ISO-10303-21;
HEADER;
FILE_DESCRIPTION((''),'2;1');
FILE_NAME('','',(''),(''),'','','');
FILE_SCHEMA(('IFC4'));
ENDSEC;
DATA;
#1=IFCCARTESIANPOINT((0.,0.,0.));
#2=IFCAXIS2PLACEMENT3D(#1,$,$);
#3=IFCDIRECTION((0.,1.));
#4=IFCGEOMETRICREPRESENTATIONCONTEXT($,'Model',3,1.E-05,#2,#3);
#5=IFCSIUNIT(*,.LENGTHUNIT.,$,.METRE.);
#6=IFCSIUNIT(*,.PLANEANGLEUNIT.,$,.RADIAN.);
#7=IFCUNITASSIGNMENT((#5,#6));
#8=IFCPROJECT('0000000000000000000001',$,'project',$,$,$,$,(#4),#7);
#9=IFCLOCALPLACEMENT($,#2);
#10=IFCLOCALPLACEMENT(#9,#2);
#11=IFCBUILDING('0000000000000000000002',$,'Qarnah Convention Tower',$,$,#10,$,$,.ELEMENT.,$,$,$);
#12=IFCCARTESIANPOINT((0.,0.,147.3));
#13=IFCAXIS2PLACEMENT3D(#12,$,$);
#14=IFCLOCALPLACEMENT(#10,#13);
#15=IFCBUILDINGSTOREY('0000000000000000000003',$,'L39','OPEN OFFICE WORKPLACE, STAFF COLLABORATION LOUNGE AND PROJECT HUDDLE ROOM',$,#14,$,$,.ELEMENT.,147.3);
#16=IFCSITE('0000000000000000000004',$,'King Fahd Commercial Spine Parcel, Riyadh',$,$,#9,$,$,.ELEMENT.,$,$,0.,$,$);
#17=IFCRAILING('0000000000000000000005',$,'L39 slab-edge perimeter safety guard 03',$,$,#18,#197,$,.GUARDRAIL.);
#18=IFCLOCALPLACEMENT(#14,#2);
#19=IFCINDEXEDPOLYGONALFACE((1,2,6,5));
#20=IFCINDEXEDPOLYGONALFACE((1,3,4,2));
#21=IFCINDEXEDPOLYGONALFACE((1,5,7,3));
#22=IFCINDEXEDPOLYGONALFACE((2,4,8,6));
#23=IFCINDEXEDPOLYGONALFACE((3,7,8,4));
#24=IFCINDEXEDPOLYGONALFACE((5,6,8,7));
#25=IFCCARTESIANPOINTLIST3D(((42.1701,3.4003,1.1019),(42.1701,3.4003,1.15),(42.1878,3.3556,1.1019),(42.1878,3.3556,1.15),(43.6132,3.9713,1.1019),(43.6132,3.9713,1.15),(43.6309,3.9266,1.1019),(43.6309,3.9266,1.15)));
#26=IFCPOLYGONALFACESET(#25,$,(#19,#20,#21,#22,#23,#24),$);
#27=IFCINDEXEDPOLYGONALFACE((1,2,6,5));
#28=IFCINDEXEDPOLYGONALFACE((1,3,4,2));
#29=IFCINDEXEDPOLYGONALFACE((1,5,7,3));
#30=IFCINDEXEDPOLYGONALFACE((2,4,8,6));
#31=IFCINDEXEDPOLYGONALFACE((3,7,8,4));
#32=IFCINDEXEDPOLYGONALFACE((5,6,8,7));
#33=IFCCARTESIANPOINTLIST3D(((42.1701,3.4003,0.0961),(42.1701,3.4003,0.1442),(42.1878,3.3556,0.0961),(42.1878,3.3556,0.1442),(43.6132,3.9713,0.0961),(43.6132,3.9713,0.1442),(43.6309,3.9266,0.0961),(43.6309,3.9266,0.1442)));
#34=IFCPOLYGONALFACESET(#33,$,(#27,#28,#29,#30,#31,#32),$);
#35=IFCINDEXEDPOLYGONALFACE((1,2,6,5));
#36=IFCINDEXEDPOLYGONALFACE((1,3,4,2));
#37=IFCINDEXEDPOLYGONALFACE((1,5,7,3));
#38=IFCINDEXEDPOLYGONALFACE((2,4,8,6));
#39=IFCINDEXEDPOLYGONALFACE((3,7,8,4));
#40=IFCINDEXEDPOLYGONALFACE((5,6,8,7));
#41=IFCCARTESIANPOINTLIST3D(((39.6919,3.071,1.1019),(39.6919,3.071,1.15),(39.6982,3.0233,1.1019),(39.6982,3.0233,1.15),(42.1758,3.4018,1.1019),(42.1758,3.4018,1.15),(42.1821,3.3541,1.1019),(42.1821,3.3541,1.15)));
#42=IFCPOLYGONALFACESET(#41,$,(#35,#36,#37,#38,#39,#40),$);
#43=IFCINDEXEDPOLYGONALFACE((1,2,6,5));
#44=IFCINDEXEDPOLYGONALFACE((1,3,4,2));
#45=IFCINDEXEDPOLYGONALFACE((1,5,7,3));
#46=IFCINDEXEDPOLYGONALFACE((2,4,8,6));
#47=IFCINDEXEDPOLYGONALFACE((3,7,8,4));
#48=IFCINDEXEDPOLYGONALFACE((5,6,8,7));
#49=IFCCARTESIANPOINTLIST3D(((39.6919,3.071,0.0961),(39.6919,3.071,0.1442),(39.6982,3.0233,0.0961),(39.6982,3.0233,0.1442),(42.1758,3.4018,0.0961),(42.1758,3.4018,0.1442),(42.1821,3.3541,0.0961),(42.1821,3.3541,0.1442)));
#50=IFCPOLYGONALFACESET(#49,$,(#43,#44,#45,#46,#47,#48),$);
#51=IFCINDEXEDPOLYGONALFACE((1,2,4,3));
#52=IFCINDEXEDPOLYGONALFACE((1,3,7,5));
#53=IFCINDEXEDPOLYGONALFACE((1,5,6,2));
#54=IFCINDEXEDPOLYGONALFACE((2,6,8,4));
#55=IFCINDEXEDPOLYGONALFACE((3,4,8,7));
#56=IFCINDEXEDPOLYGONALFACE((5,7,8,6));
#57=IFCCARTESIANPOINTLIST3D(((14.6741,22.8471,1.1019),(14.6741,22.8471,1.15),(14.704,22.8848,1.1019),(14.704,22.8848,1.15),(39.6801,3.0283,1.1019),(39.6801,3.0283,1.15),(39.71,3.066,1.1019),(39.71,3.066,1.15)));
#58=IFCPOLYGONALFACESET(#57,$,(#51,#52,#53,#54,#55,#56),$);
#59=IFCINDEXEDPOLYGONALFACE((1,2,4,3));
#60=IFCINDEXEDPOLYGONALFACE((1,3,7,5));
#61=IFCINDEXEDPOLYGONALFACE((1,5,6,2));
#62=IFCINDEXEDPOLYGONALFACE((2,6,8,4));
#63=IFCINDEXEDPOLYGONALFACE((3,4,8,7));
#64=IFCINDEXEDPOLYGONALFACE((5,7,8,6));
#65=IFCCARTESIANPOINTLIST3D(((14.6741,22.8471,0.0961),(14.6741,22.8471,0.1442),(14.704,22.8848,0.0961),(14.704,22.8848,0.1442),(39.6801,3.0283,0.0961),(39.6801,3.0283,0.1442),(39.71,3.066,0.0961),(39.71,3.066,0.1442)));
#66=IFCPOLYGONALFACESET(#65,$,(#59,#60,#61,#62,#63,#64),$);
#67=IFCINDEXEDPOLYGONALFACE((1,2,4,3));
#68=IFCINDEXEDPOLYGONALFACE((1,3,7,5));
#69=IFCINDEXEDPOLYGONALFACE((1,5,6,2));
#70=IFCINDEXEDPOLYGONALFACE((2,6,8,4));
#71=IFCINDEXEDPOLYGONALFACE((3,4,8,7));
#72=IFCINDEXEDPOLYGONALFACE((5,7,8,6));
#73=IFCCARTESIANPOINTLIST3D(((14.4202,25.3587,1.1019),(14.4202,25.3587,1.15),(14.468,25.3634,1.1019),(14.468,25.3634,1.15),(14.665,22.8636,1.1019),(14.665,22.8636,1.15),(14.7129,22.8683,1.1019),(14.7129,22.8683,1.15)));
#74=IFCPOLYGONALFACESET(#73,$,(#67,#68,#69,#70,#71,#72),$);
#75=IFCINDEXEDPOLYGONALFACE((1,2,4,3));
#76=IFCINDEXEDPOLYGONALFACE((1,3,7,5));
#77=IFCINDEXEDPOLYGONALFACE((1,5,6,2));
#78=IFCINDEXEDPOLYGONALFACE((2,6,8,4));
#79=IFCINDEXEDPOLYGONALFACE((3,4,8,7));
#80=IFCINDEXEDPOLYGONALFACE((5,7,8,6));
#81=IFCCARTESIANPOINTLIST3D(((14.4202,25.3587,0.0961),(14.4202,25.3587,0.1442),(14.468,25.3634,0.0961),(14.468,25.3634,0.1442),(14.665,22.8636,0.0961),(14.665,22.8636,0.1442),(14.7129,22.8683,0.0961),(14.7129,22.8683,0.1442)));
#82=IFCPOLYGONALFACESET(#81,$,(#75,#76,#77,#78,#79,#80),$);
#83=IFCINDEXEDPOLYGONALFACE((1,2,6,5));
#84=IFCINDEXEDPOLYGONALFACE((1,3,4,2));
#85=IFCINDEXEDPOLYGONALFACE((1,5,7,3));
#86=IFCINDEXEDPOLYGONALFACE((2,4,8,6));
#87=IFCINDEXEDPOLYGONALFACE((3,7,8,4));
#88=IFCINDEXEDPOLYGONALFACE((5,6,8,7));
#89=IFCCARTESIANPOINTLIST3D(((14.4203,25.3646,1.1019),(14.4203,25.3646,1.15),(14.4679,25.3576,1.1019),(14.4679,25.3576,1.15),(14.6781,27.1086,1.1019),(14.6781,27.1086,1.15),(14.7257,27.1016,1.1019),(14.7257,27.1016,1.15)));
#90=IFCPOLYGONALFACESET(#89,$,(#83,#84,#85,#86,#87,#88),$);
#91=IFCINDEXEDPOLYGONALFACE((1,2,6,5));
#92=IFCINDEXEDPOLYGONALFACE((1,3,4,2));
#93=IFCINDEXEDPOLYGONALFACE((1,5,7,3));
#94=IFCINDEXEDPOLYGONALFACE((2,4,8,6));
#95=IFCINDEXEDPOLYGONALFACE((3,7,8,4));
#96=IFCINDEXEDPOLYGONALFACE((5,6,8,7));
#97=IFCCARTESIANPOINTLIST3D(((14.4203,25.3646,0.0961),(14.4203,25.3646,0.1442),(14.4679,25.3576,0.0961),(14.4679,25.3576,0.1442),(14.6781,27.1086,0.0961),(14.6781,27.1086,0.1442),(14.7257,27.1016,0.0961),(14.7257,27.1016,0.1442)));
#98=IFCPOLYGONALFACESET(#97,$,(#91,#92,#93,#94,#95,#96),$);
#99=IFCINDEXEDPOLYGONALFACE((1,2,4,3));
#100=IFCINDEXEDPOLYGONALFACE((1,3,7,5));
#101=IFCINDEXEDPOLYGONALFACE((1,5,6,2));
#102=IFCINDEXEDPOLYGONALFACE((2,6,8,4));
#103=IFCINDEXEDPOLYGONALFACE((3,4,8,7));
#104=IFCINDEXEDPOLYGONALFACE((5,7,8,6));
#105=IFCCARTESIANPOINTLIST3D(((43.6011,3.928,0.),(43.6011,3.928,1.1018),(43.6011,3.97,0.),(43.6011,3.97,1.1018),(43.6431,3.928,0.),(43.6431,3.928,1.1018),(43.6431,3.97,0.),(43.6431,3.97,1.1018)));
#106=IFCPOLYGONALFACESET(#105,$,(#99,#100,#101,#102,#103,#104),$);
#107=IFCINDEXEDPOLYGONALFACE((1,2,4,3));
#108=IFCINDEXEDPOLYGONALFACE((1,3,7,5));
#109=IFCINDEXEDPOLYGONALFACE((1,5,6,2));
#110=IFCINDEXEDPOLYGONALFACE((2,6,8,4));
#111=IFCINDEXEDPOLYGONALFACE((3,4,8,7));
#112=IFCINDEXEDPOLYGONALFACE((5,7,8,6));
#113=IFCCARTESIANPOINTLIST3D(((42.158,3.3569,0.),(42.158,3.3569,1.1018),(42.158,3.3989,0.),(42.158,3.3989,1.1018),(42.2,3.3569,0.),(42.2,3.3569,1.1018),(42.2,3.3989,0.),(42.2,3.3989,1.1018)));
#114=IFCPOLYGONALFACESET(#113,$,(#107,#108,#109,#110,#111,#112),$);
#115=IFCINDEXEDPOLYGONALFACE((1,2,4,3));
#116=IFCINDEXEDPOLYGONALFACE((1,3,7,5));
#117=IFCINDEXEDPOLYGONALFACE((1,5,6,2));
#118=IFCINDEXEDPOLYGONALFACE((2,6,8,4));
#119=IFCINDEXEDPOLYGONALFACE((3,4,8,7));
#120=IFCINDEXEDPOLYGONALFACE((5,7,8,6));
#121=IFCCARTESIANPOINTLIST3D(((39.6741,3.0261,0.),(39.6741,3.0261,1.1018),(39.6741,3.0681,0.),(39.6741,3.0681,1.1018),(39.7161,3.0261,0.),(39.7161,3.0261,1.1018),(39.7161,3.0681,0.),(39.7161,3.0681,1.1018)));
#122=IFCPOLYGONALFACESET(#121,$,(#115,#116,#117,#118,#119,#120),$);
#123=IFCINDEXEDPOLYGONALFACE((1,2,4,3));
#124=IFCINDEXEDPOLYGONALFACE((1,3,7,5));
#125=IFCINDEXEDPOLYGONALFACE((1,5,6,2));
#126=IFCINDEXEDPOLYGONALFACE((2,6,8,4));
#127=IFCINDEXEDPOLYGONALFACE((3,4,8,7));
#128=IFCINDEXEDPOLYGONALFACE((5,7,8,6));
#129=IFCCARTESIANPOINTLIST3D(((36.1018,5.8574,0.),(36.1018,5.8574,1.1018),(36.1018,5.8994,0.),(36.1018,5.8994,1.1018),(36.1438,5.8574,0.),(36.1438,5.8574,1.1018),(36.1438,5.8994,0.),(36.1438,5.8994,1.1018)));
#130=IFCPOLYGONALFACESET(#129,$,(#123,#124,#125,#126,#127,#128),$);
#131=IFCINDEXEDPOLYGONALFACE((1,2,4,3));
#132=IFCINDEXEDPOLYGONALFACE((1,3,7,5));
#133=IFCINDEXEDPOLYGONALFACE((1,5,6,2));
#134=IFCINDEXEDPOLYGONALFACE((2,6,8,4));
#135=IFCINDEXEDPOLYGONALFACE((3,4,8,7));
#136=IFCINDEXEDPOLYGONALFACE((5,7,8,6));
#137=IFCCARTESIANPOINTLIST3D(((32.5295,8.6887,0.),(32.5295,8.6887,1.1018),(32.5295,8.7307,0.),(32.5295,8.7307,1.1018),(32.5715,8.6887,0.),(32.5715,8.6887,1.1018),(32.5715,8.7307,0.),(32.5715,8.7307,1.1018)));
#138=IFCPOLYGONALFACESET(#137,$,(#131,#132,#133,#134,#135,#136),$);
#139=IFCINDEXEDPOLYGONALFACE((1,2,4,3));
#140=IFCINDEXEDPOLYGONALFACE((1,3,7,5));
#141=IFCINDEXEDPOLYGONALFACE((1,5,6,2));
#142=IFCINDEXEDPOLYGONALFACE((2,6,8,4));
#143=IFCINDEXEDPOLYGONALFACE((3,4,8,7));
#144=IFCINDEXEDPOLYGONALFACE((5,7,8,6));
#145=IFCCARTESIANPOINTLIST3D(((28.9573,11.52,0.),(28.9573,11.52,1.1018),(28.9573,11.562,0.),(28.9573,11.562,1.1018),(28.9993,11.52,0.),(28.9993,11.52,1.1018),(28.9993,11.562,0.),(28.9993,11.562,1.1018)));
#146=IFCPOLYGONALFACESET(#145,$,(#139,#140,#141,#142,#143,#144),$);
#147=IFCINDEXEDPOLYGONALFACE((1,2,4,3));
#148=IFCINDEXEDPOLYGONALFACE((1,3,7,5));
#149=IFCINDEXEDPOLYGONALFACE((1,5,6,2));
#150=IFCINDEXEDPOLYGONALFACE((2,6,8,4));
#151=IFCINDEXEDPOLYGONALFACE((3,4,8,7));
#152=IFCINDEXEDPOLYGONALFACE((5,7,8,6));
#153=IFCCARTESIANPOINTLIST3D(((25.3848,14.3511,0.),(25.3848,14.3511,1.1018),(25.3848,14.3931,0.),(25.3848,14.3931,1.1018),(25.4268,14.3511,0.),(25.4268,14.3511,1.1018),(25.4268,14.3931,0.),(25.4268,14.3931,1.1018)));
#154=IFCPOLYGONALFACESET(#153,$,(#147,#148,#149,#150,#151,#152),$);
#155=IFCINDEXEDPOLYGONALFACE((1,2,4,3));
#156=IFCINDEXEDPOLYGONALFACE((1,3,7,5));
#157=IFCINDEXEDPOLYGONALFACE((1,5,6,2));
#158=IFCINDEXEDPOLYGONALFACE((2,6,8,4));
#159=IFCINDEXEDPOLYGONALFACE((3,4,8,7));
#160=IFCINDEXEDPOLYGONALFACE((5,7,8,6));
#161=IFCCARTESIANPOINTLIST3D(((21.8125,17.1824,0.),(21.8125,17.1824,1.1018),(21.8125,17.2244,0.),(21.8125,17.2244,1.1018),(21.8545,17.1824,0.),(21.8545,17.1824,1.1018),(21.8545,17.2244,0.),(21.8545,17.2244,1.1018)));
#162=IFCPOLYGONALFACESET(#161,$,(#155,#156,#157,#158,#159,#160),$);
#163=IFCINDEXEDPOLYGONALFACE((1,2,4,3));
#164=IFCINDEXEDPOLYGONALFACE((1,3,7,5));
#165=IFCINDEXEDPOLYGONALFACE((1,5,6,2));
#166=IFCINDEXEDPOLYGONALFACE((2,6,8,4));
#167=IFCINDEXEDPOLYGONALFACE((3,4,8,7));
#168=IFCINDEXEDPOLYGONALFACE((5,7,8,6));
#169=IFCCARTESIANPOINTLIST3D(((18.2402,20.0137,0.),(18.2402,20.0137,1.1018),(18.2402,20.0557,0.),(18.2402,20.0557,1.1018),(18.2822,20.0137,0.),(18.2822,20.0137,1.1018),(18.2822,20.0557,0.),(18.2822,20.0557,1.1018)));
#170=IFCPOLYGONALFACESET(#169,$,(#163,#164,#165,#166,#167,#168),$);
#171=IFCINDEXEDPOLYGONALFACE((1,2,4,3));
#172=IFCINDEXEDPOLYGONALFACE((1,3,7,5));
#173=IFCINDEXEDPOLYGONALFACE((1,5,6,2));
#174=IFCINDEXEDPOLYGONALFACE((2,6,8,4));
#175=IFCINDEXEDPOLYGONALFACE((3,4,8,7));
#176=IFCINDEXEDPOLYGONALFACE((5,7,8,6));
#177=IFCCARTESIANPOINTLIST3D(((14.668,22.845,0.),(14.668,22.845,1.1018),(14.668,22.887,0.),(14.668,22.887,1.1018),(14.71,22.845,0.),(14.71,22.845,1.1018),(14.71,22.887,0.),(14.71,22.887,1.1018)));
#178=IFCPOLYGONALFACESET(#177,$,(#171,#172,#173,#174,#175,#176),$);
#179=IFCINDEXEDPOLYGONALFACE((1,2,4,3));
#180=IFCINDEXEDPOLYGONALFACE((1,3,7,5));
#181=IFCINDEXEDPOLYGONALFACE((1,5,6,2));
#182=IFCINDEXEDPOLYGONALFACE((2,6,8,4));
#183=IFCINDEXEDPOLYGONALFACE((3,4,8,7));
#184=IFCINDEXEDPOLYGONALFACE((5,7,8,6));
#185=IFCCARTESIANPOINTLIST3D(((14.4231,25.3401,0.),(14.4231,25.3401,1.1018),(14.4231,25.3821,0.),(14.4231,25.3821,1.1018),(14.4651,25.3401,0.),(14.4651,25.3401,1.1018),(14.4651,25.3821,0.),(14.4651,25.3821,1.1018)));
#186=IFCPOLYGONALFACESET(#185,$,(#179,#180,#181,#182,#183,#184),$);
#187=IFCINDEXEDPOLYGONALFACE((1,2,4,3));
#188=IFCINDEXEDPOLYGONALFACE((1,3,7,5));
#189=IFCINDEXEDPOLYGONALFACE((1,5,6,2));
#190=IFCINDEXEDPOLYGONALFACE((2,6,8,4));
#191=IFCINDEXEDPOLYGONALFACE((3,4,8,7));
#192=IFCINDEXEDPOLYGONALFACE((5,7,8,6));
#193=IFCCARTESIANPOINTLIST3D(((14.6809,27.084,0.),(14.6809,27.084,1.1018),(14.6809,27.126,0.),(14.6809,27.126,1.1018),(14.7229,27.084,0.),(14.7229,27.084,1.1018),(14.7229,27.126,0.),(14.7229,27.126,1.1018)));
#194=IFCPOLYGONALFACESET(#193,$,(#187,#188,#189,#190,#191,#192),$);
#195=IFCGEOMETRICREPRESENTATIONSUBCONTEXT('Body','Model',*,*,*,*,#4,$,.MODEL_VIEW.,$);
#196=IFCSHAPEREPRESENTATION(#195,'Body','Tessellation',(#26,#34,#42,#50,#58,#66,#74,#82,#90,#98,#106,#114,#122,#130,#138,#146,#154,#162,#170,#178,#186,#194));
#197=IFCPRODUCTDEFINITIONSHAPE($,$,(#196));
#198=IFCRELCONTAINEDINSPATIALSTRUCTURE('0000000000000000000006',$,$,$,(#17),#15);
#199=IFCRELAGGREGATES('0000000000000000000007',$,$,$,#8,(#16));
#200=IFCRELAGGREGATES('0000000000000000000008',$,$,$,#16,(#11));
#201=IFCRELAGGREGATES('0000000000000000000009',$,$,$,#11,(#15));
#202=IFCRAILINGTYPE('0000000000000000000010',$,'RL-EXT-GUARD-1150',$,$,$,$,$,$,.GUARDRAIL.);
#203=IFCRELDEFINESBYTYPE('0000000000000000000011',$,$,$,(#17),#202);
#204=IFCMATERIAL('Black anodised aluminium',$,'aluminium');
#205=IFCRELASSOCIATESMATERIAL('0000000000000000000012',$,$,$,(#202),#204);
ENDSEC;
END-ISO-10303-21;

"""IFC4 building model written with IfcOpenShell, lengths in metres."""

from ifc_helpers import new_model, si_unit, direction, frame, origin, origin_2d, place, context, subcontext, project, spatial, rectangle, extrude, material, type_object, element, save


model = new_model("IFC4")

# Units and contexts
model_context = context("Model", 3, precision=1e-05, world=origin(), true_north=direction((0.0, 1.0)))
body_context = subcontext(model_context, "Body", "Model", "MODEL_VIEW")
ifc_project = project(units=[si_unit("LENGTHUNIT", "METRE"), si_unit("PLANEANGLEUNIT", "RADIAN")], contexts=[model_context])

# Site, building, storey
site_placement = place(None, origin())
site = spatial("IfcSite", under=ifc_project, at=site_placement, Name="King Fahd Commercial Spine Parcel, Riyadh", CompositionType="ELEMENT", RefElevation=0.0)
building_placement = place(site_placement, origin())
building = spatial("IfcBuilding", under=site, at=building_placement, Name="Qarnah Convention Tower", CompositionType="ELEMENT")
storey_placement = place(building_placement, frame((0.0, 0.0, 147.3)))
storey = spatial("IfcBuildingStorey", under=building, at=storey_placement, Name="L39", Description="OPEN OFFICE WORKPLACE, STAFF COLLABORATION LOUNGE AND PROJECT HUDDLE ROOM", CompositionType="ELEMENT", Elevation=147.3)

# Shared definitions
ifc_material_1 = material(Name="Black anodised aluminium", Category="aluminium")

# Railing
railing_type = type_object("IfcRailingType", Name="RL-EXT-GUARD-1150", PredefinedType="GUARDRAIL", material=ifc_material_1)
railing_1_placement = place(storey_placement, frame((43.6221, 3.949, 0.0)))
element("IfcRailing", 1, at=railing_1_placement, inside=storey, type_object=railing_type, Name="L39 slab-edge perimeter safety guard 03", PredefinedType="GUARDRAIL", context=body_context, shape_type="SweptSolid", body=[
    extrude(rectangle(XDim=0.0481, YDim=0.0481, at=origin_2d()), frame((0.0, 0.0, 1.126), z_axis=(-0.929848, -0.367944, 0.0), x_axis=(0.367944, -0.929848, 0.0)), (0.0, 0.0, 1.0), 1.552),
    extrude(rectangle(XDim=0.0481, YDim=0.0481, at=origin_2d()), frame((0.0, 0.0, 0.1201), z_axis=(-0.929848, -0.367944, 0.0), x_axis=(0.367944, -0.929848, 0.0)), (0.0, 0.0, 1.0), 1.552),
    extrude(rectangle(XDim=0.0481, YDim=0.0481, at=origin_2d()), frame((-1.4431, -0.571, 1.126), z_axis=(-0.991247, -0.132017, 0.0), x_axis=(0.132017, -0.991247, 0.0)), (0.0, 0.0, 1.0), 2.5059),
    extrude(rectangle(XDim=0.0481, YDim=0.0481, at=origin_2d()), frame((-1.4431, -0.571, 0.1201), z_axis=(-0.991247, -0.132017, 0.0), x_axis=(0.132017, -0.991247, 0.0)), (0.0, 0.0, 1.0), 2.5059),
    extrude(rectangle(XDim=0.0481, YDim=0.0481, at=origin_2d()), frame((-3.927, -0.9019, 1.126), z_axis=(-0.783705, 0.621133, 0.0), x_axis=(-0.621133, -0.783705, 0.0)), (0.0, 0.0, 1.0), 31.9075),
    extrude(rectangle(XDim=0.0481, YDim=0.0481, at=origin_2d()), frame((-3.927, -0.9019, 0.1201), z_axis=(-0.783705, 0.621133, 0.0), x_axis=(-0.621133, -0.783705, 0.0)), (0.0, 0.0, 1.0), 31.9075),
    extrude(rectangle(XDim=0.0481, YDim=0.0481, at=origin_2d()), frame((-28.9331, 18.917, 1.126), z_axis=(-0.097672, 0.995219, 0.0), x_axis=(-0.995219, -0.097672, 0.0)), (0.0, 0.0, 1.0), 2.5071),
    extrude(rectangle(XDim=0.0481, YDim=0.0481, at=origin_2d()), frame((-28.9331, 18.917, 0.1201), z_axis=(-0.097672, 0.995219, 0.0), x_axis=(-0.995219, -0.097672, 0.0)), (0.0, 0.0, 1.0), 2.5071),
    extrude(rectangle(XDim=0.0481, YDim=0.0481, at=origin_2d()), frame((-29.178, 21.4121, 1.126), z_axis=(0.146248, 0.989248, 0.0), x_axis=(-0.989248, 0.146248, 0.0)), (0.0, 0.0, 1.0), 1.7629),
    extrude(rectangle(XDim=0.0481, YDim=0.0481, at=origin_2d()), frame((-29.178, 21.4121, 0.1201), z_axis=(0.146248, 0.989248, 0.0), x_axis=(-0.989248, 0.146248, 0.0)), (0.0, 0.0, 1.0), 1.7629),
    extrude(rectangle(XDim=0.042, YDim=0.042, at=origin_2d()), origin(), (0.0, 0.0, 1.0), 1.1018),
    extrude(rectangle(XDim=0.042, YDim=0.042, at=origin_2d()), frame((-1.4431, -0.571, 0.0)), (0.0, 0.0, 1.0), 1.1018),
    extrude(rectangle(XDim=0.042, YDim=0.042, at=origin_2d()), frame((-3.927, -0.9019, 0.0)), (0.0, 0.0, 1.0), 1.1018),
    extrude(rectangle(XDim=0.042, YDim=0.042, at=origin_2d()), frame((-7.4993, 1.9294, 0.0)), (0.0, 0.0, 1.0), 1.1018),
    extrude(rectangle(XDim=0.042, YDim=0.042, at=origin_2d()), frame((-11.0715, 4.7607, 0.0)), (0.0, 0.0, 1.0), 1.1018),
    extrude(rectangle(XDim=0.042, YDim=0.042, at=origin_2d()), frame((-14.6438, 7.592, 0.0)), (0.0, 0.0, 1.0), 1.1018),
    extrude(rectangle(XDim=0.042, YDim=0.042, at=origin_2d()), frame((-18.2163, 10.4231, 0.0)), (0.0, 0.0, 1.0), 1.1018),
    extrude(rectangle(XDim=0.042, YDim=0.042, at=origin_2d()), frame((-21.7886, 13.2544, 0.0)), (0.0, 0.0, 1.0), 1.1018),
    extrude(rectangle(XDim=0.042, YDim=0.042, at=origin_2d()), frame((-25.3608, 16.0857, 0.0)), (0.0, 0.0, 1.0), 1.1018),
    extrude(rectangle(XDim=0.042, YDim=0.042, at=origin_2d()), frame((-28.9331, 18.917, 0.0)), (0.0, 0.0, 1.0), 1.1018),
    extrude(rectangle(XDim=0.042, YDim=0.042, at=origin_2d()), frame((-29.178, 21.4121, 0.0)), (0.0, 0.0, 1.0), 1.1018),
    extrude(rectangle(XDim=0.042, YDim=0.042, at=origin_2d()), frame((-28.9202, 23.156, 0.0)), (0.0, 0.0, 1.0), 1.1018),
])

save(model, "model.ifc")
